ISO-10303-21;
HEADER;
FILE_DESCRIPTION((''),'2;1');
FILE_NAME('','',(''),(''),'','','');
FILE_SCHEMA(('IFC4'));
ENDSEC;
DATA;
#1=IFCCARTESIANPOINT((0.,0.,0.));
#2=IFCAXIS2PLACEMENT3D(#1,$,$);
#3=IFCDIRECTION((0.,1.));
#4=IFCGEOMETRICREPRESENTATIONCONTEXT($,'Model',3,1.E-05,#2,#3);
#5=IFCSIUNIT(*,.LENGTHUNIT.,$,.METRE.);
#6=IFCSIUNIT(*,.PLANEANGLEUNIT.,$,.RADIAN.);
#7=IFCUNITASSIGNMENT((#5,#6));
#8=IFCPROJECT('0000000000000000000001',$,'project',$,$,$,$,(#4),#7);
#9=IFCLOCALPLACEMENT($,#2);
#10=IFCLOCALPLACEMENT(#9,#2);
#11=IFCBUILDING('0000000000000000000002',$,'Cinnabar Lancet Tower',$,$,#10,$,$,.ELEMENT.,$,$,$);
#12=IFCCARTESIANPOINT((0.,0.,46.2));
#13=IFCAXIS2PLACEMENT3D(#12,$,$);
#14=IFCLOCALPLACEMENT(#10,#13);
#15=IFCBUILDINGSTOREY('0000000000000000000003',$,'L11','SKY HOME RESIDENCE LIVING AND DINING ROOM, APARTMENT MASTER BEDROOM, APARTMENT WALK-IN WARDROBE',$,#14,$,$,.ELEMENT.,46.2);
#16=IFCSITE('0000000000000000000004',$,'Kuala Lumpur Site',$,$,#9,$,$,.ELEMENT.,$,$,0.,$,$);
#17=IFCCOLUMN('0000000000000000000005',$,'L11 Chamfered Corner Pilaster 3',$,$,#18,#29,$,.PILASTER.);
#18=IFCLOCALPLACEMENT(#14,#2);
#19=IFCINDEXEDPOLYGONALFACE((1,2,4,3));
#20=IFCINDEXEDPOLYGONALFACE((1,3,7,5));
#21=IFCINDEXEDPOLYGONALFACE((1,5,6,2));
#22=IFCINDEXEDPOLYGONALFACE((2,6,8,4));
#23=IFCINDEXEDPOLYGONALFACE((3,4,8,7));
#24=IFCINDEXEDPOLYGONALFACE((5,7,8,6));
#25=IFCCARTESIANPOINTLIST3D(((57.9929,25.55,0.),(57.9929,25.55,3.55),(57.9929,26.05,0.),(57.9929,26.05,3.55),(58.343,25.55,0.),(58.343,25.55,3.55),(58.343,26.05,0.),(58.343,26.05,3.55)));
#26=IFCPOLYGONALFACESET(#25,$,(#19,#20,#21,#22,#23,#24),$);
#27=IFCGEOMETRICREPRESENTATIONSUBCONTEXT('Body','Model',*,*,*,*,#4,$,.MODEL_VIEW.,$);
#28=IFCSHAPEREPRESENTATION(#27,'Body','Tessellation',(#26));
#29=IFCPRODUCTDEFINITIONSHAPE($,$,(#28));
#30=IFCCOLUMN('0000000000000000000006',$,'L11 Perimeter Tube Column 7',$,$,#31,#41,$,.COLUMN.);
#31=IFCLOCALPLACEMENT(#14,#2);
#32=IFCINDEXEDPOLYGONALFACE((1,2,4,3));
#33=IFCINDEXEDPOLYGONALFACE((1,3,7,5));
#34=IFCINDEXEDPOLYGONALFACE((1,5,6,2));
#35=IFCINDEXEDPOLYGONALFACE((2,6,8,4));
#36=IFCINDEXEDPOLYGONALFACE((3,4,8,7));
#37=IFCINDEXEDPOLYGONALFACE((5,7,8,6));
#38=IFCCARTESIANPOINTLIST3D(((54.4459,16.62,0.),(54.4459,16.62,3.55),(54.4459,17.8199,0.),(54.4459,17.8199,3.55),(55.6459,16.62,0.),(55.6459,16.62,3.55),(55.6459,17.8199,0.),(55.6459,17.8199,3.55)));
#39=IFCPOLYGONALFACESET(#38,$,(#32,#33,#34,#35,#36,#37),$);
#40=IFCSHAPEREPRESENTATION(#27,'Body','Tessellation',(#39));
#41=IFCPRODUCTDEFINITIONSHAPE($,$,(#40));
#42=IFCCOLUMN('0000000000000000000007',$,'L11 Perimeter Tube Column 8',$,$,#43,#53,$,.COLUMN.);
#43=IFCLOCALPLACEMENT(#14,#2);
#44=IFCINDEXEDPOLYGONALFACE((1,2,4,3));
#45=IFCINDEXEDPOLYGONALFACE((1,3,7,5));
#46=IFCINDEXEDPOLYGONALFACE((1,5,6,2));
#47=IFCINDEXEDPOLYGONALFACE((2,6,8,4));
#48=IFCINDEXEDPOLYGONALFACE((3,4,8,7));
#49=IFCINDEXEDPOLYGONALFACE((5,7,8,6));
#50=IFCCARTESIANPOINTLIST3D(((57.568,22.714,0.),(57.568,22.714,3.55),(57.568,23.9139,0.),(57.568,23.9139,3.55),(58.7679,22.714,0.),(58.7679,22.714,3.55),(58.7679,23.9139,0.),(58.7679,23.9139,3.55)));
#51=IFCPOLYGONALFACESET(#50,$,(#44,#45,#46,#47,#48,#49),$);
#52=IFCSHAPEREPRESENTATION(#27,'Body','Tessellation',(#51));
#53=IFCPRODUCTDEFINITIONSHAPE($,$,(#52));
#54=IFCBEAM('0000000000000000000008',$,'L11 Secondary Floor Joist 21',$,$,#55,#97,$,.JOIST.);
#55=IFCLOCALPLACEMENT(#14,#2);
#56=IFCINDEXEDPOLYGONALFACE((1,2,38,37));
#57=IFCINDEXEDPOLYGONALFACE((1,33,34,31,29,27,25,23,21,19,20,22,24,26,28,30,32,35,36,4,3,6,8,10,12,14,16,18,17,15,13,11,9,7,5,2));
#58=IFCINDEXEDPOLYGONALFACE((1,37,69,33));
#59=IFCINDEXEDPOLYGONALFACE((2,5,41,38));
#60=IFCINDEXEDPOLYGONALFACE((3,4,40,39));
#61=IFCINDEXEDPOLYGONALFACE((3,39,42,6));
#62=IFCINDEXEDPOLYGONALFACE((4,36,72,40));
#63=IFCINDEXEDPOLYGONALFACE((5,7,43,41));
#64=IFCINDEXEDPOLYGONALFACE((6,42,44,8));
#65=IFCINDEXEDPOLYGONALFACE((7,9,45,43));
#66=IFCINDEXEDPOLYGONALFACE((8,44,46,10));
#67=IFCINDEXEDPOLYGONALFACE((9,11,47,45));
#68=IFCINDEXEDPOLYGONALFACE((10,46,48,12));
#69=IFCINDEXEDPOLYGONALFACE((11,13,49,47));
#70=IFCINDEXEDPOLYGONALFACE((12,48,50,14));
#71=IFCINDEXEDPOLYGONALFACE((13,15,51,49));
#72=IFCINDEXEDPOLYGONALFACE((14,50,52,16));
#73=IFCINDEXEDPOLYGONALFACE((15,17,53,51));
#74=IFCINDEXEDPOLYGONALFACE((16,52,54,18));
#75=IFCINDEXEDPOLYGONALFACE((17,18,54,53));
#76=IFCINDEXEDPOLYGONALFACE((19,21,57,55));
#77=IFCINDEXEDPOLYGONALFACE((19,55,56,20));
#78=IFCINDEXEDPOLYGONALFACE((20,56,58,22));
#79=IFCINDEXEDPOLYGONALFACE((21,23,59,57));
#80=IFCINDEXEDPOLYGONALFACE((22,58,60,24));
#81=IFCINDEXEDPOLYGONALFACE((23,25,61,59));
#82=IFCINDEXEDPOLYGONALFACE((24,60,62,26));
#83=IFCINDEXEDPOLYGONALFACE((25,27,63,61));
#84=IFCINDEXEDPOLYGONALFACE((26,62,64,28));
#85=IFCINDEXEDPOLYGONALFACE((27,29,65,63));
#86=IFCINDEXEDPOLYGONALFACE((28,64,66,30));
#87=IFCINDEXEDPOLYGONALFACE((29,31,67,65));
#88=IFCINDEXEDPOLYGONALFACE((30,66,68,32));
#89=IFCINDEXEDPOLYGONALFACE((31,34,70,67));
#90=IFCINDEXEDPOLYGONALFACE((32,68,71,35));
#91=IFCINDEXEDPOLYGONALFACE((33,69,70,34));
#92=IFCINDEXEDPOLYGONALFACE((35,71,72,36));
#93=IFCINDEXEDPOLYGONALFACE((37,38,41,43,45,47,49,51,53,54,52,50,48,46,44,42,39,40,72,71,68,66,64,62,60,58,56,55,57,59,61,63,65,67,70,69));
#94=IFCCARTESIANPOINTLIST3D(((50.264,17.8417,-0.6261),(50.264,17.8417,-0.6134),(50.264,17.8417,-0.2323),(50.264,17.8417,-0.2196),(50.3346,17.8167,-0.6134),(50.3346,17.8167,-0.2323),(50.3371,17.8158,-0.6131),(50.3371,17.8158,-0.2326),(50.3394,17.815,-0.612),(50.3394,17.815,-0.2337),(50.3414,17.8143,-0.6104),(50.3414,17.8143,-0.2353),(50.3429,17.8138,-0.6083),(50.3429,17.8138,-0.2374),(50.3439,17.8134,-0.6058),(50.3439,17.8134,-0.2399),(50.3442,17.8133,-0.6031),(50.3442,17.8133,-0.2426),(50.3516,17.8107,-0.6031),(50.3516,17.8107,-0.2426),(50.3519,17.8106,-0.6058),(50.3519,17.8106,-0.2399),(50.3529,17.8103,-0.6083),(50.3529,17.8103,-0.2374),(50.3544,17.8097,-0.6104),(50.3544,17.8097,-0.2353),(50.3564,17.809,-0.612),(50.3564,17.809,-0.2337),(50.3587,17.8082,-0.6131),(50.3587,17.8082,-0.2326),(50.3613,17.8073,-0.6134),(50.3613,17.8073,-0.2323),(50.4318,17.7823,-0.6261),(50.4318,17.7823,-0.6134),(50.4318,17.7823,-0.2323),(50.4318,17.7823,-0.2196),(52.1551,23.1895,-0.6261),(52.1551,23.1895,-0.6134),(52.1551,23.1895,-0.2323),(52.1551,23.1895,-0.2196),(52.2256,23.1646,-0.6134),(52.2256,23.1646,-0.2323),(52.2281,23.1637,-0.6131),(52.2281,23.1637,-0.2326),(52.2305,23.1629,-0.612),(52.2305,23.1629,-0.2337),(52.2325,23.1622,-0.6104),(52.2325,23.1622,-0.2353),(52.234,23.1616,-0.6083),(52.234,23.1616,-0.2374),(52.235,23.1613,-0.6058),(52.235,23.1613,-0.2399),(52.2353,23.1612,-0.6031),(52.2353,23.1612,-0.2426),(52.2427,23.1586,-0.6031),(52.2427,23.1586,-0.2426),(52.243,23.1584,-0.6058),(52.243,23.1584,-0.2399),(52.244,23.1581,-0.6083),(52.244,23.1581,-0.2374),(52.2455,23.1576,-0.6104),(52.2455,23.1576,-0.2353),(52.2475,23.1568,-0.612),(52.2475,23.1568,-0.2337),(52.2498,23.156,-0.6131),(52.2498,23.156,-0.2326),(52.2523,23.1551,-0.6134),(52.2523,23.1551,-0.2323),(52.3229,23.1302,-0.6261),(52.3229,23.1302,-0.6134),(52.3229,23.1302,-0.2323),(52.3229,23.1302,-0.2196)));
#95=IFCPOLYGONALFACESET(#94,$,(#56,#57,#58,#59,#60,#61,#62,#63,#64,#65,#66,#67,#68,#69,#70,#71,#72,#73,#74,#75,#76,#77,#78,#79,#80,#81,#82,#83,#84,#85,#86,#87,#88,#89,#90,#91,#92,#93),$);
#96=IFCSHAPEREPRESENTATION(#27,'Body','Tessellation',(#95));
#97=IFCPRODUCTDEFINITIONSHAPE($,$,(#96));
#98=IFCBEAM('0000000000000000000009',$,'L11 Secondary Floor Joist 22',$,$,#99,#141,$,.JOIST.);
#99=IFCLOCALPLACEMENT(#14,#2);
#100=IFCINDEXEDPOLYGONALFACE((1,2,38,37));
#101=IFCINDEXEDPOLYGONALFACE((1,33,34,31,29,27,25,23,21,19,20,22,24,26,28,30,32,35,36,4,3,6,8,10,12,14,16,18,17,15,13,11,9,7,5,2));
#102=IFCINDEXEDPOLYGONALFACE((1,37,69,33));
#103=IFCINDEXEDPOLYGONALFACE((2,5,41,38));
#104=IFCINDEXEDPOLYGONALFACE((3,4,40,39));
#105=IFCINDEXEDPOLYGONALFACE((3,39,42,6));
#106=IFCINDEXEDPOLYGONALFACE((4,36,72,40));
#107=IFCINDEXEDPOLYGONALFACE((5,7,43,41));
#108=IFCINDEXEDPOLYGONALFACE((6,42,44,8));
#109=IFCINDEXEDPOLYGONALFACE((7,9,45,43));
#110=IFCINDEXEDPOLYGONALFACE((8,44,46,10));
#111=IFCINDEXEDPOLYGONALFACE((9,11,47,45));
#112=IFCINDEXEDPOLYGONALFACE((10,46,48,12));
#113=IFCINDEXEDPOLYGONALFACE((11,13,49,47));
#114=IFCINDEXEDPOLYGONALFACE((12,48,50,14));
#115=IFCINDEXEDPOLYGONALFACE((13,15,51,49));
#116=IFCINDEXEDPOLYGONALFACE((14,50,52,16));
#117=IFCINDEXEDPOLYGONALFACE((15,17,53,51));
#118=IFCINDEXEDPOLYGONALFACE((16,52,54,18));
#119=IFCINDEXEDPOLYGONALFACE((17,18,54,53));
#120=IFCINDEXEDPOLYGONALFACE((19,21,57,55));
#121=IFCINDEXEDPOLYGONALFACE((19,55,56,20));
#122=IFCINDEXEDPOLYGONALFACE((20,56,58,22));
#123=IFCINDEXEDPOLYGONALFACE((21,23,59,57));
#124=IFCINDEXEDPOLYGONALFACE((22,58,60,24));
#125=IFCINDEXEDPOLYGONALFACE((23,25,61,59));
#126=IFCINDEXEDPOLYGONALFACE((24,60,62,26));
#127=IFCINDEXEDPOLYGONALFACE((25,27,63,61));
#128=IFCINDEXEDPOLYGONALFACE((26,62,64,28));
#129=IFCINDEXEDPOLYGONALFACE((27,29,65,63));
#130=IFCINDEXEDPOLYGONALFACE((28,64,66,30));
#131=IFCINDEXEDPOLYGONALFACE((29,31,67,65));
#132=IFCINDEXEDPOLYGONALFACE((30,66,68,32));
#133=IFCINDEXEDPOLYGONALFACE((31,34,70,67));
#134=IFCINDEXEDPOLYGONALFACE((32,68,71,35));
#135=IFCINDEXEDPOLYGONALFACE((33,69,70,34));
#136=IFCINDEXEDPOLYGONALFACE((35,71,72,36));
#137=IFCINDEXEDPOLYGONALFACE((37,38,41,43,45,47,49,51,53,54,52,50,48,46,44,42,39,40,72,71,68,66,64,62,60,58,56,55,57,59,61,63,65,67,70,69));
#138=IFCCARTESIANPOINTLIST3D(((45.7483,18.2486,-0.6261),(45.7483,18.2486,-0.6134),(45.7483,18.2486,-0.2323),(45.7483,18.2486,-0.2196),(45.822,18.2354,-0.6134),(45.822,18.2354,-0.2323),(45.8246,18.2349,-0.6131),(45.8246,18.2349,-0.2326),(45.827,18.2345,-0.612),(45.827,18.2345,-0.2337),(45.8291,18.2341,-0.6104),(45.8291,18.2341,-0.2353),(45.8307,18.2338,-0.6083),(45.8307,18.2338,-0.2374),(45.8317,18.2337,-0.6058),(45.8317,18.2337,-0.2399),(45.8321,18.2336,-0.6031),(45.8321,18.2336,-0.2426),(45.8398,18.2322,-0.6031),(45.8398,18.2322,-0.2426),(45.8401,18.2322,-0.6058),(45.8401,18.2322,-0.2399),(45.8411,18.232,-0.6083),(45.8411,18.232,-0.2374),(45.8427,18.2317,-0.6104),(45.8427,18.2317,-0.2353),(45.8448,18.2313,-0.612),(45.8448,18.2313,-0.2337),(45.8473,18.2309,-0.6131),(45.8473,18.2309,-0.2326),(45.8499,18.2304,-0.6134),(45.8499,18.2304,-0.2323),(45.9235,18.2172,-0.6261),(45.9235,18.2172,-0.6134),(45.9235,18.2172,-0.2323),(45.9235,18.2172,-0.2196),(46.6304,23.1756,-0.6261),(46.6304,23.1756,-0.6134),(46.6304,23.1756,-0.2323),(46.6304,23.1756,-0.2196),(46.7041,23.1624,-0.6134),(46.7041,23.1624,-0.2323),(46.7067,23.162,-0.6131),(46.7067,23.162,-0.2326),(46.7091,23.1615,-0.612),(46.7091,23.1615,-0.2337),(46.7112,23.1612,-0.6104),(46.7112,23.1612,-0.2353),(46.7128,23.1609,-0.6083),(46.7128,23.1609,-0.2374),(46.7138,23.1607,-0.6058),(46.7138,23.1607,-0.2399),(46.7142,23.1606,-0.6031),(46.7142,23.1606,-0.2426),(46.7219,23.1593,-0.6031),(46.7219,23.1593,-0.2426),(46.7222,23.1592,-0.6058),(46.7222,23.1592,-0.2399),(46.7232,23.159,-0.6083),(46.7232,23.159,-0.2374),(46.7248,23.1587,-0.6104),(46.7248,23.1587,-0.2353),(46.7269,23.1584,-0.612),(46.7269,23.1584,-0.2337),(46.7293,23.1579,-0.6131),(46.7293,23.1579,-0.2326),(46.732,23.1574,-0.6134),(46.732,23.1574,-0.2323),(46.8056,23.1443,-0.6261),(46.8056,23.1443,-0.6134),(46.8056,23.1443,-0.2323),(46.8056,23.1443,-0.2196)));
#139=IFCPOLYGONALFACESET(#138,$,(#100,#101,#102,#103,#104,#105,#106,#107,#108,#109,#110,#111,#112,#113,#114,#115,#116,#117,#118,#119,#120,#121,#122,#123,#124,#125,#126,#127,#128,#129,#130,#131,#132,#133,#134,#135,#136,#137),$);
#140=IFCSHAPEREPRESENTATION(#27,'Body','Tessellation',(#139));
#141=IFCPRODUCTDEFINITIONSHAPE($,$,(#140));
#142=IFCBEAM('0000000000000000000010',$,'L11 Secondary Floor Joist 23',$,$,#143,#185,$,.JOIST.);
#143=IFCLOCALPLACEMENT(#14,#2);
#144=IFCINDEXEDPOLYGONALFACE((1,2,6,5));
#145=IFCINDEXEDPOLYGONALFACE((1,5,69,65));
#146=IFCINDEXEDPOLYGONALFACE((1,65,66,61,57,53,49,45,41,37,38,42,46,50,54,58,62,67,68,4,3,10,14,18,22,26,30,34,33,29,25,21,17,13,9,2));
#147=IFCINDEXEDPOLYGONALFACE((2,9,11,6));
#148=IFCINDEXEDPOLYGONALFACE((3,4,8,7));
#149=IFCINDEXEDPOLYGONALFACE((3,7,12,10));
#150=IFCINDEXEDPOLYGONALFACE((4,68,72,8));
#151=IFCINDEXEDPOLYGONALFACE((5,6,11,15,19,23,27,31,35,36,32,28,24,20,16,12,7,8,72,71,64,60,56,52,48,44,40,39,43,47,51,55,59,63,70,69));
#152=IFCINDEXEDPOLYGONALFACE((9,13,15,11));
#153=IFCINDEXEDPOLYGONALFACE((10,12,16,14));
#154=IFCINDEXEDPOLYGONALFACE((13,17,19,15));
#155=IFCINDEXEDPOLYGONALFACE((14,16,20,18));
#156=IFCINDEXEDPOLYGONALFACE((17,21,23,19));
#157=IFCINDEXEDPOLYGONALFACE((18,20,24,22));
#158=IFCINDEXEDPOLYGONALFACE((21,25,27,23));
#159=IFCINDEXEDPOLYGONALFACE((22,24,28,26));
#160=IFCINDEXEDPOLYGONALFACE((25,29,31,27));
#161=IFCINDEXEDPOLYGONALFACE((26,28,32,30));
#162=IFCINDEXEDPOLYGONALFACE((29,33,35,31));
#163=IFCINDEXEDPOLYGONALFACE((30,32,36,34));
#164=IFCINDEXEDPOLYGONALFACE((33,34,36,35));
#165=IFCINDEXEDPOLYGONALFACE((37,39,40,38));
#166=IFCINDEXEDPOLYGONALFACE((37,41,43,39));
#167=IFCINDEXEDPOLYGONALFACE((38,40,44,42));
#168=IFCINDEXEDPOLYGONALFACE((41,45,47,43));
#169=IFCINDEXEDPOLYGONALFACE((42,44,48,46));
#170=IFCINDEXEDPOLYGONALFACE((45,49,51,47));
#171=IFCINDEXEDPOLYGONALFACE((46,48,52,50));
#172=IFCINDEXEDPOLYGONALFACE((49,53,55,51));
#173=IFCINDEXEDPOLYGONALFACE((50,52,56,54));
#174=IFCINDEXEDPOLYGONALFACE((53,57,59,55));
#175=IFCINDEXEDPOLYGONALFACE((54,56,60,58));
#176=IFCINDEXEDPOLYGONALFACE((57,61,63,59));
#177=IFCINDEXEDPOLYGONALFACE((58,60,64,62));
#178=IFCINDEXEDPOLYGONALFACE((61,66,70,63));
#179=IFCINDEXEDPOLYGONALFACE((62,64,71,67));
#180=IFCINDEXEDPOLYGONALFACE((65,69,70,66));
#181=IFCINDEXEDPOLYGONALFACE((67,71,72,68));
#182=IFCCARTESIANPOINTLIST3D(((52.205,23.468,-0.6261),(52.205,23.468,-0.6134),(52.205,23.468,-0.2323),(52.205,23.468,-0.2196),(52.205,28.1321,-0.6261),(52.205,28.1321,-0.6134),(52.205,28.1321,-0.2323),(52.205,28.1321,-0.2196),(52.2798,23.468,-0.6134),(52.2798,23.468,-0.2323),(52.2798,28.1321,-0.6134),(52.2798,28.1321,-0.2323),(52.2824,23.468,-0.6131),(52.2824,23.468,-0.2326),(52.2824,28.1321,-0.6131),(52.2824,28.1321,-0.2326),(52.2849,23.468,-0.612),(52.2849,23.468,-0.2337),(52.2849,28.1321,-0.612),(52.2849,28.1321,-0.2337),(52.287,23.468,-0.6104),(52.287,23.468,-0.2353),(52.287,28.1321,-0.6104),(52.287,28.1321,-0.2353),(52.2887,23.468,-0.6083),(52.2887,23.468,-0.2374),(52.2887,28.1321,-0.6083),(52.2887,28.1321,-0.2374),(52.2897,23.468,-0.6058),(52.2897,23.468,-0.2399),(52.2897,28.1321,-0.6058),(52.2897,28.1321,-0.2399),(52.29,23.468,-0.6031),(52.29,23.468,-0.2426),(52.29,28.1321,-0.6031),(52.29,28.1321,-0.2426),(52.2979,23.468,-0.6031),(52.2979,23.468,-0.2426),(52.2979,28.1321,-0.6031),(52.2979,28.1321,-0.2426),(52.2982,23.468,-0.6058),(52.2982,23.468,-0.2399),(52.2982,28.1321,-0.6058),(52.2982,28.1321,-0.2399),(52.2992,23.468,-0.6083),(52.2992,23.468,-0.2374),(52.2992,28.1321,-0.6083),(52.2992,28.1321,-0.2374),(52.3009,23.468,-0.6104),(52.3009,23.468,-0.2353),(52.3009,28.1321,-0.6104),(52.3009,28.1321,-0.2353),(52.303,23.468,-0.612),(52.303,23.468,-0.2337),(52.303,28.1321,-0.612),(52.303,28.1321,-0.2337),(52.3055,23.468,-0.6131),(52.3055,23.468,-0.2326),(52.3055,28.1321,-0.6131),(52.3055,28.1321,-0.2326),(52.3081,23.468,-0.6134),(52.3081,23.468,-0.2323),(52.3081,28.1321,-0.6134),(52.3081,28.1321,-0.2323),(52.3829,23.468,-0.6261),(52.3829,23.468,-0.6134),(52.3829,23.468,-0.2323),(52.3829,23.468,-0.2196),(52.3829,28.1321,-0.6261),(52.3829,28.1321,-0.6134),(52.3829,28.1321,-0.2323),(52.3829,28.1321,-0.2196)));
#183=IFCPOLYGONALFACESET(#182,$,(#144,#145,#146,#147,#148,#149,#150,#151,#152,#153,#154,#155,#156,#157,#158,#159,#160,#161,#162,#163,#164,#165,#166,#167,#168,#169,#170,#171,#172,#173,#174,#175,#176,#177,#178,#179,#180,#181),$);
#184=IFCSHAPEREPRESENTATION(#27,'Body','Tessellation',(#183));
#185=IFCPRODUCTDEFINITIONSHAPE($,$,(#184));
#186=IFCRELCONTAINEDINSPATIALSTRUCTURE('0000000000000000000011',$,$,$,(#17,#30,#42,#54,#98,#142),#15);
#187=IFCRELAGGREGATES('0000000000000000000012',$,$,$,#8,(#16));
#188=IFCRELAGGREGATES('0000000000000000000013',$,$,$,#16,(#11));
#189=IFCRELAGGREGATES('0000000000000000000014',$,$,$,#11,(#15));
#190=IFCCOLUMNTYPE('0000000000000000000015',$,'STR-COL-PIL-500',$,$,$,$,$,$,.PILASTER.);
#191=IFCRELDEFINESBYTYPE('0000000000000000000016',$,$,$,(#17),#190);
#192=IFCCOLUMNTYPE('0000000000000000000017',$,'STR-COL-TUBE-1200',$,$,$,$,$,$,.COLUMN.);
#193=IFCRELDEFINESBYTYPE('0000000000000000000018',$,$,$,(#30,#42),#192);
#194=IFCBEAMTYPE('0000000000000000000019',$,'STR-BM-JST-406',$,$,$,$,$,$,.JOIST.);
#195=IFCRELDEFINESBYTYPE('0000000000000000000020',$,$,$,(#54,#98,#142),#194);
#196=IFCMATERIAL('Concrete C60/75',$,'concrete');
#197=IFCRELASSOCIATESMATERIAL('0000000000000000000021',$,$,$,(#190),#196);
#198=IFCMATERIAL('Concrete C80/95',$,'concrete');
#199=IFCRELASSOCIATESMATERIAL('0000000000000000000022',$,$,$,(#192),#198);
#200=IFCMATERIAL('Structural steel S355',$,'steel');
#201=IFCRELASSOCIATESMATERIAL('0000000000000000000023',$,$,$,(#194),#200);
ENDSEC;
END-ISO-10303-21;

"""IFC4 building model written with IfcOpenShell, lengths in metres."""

from ifc_helpers import new_model, si_unit, direction, frame, origin, origin_2d, place, context, subcontext, project, spatial, rectangle, i_section, extrude, material, material_profile, profile_set, type_object, element, save


model = new_model("IFC4")

# Units and contexts
model_context = context("Model", 3, precision=1e-05, world=origin(), true_north=direction((0.0, 1.0)))
body_context = subcontext(model_context, "Body", "Model", "MODEL_VIEW")
ifc_project = project(units=[si_unit("LENGTHUNIT", "METRE"), si_unit("PLANEANGLEUNIT", "RADIAN")], contexts=[model_context])

# Site, building, storey
site_placement = place(None, origin())
site = spatial("IfcSite", under=ifc_project, at=site_placement, Name="Kuala Lumpur Site", CompositionType="ELEMENT", RefElevation=0.0)
building_placement = place(site_placement, origin())
building = spatial("IfcBuilding", under=site, at=building_placement, Name="Cinnabar Lancet Tower", CompositionType="ELEMENT")
storey_placement = place(building_placement, frame((0.0, 0.0, 46.2)))
storey = spatial("IfcBuildingStorey", under=building, at=storey_placement, Name="L11", Description="SKY HOME RESIDENCE LIVING AND DINING ROOM, APARTMENT MASTER BEDROOM, APARTMENT WALK-IN WARDROBE", CompositionType="ELEMENT", Elevation=46.2)

# Columns
ifc_material_1 = material(Name="Concrete C60/75", Category="concrete")
ifc_material_profile_1 = material_profile(ifc_material_1, rectangle(XDim=0.5, YDim=0.3501, at=origin_2d()), Name="RC-PIL 500x350")
ifc_profile_set_1 = profile_set([ifc_material_profile_1], Name="Concrete C60/75")
column_type_1 = type_object("IfcColumnType", Name="STR-COL-PIL-500", PredefinedType="PILASTER", material=ifc_profile_set_1)
column_placement = place(storey_placement, frame((58.168, 25.8, 0.0), z_axis=(0.0, 0.0, 1.0), x_axis=(0.0, 1.0, 0.0)))
element("IfcColumn", 1, at=column_placement, inside=storey, type_object=column_type_1, Name="L11 Chamfered Corner Pilaster 3", PredefinedType="PILASTER", context=body_context, shape_type="SweptSolid", body=[
    extrude(rectangle(XDim=0.5, YDim=0.3501, at=origin_2d()), origin(), (0.0, 0.0, 1.0), 3.55),
])
ifc_material_2 = material(Name="Concrete C80/95", Category="concrete")
ifc_material_profile_2 = material_profile(ifc_material_2, rectangle(XDim=1.2, YDim=1.2, at=origin_2d()), Name="RC-COL 1200x1200")
ifc_profile_set_2 = profile_set([ifc_material_profile_2], Name="Concrete C80/95")
column_type_2 = type_object("IfcColumnType", Name="STR-COL-TUBE-1200", PredefinedType="COLUMN", material=ifc_profile_set_2)
for number, where, z_axis, x_axis, name in (
    (2, (55.0459, 17.22, 0.0), (0.0, 0.0, 1.0), (1.0, 0.0, 0.0), "L11 Perimeter Tube Column 7"),
    (3, (58.168, 23.314, 0.0), (0.0, 0.0, 1.0), (1.0, 0.0, 0.0), "L11 Perimeter Tube Column 8"),
):
    element("IfcColumn", number, at=place(storey_placement, frame(where, z_axis=z_axis, x_axis=x_axis)), inside=storey, type_object=column_type_2, Name=name, PredefinedType="COLUMN", context=body_context, shape_type="SweptSolid", body=[
        extrude(rectangle(XDim=1.2, YDim=1.2, at=origin_2d()), origin(), (0.0, 0.0, 1.0), 3.55),
    ])

# Beams
ifc_material_3 = material(Name="Structural steel S355", Category="steel")
ifc_material_profile_3 = material_profile(ifc_material_3, i_section(OverallWidth=0.178, OverallDepth=0.4065, WebThickness=0.0078, FlangeThickness=0.0127, FilletRadius=0.0103, at=origin_2d()), Name="UKB 406x178x60")
ifc_profile_set_3 = profile_set([ifc_material_profile_3], Name="Structural steel S355")
beam_type_1 = type_object("IfcBeamType", Name="STR-BM-JST-406", PredefinedType="JOIST", material=ifc_profile_set_3)
beam_1_placement = place(storey_placement, frame((50.3479, 17.812, -0.4229), z_axis=(0.333387, 0.94279, 0.0), x_axis=(-0.94279, 0.333387, 0.0)))
element("IfcBeam", 4, at=beam_1_placement, inside=storey, type_object=beam_type_1, Name="L11 Secondary Floor Joist 21", PredefinedType="JOIST", context=body_context, shape_type="SweptSolid", body=[
    extrude(i_section(OverallWidth=0.178, OverallDepth=0.4065, WebThickness=0.0078, FlangeThickness=0.0127, FilletRadius=0.0103, at=origin_2d()), origin(), (0.0, 0.0, 1.0), 5.6724),
])
beam_2_placement = place(storey_placement, frame((45.8359, 18.2329, -0.4229), z_axis=(0.176228, 0.984349, 0.0), x_axis=(-0.984349, 0.176228, 0.0)))
element("IfcBeam", 5, at=beam_2_placement, inside=storey, type_object=beam_type_1, Name="L11 Secondary Floor Joist 22", PredefinedType="JOIST", context=body_context, shape_type="SweptSolid", body=[
    extrude(i_section(OverallWidth=0.178, OverallDepth=0.4065, WebThickness=0.0078, FlangeThickness=0.0127, FilletRadius=0.0103, at=origin_2d()), origin(), (0.0, 0.0, 1.0), 5.0054),
])
for number, where, z_axis, x_axis, name in (
    (6, (52.2939, 23.468, -0.4229), (0.0, 1.0, 0.0), (-1.0, 0.0, 0.0), "L11 Secondary Floor Joist 23"),
):
    element("IfcBeam", number, at=place(storey_placement, frame(where, z_axis=z_axis, x_axis=x_axis)), inside=storey, type_object=beam_type_1, Name=name, PredefinedType="JOIST", context=body_context, shape_type="SweptSolid", body=[
        extrude(i_section(OverallWidth=0.178, OverallDepth=0.4065, WebThickness=0.0078, FlangeThickness=0.0127, FilletRadius=0.0103, at=origin_2d()), origin(), (0.0, 0.0, 1.0), 4.6641),
    ])

save(model, "model.ifc")
